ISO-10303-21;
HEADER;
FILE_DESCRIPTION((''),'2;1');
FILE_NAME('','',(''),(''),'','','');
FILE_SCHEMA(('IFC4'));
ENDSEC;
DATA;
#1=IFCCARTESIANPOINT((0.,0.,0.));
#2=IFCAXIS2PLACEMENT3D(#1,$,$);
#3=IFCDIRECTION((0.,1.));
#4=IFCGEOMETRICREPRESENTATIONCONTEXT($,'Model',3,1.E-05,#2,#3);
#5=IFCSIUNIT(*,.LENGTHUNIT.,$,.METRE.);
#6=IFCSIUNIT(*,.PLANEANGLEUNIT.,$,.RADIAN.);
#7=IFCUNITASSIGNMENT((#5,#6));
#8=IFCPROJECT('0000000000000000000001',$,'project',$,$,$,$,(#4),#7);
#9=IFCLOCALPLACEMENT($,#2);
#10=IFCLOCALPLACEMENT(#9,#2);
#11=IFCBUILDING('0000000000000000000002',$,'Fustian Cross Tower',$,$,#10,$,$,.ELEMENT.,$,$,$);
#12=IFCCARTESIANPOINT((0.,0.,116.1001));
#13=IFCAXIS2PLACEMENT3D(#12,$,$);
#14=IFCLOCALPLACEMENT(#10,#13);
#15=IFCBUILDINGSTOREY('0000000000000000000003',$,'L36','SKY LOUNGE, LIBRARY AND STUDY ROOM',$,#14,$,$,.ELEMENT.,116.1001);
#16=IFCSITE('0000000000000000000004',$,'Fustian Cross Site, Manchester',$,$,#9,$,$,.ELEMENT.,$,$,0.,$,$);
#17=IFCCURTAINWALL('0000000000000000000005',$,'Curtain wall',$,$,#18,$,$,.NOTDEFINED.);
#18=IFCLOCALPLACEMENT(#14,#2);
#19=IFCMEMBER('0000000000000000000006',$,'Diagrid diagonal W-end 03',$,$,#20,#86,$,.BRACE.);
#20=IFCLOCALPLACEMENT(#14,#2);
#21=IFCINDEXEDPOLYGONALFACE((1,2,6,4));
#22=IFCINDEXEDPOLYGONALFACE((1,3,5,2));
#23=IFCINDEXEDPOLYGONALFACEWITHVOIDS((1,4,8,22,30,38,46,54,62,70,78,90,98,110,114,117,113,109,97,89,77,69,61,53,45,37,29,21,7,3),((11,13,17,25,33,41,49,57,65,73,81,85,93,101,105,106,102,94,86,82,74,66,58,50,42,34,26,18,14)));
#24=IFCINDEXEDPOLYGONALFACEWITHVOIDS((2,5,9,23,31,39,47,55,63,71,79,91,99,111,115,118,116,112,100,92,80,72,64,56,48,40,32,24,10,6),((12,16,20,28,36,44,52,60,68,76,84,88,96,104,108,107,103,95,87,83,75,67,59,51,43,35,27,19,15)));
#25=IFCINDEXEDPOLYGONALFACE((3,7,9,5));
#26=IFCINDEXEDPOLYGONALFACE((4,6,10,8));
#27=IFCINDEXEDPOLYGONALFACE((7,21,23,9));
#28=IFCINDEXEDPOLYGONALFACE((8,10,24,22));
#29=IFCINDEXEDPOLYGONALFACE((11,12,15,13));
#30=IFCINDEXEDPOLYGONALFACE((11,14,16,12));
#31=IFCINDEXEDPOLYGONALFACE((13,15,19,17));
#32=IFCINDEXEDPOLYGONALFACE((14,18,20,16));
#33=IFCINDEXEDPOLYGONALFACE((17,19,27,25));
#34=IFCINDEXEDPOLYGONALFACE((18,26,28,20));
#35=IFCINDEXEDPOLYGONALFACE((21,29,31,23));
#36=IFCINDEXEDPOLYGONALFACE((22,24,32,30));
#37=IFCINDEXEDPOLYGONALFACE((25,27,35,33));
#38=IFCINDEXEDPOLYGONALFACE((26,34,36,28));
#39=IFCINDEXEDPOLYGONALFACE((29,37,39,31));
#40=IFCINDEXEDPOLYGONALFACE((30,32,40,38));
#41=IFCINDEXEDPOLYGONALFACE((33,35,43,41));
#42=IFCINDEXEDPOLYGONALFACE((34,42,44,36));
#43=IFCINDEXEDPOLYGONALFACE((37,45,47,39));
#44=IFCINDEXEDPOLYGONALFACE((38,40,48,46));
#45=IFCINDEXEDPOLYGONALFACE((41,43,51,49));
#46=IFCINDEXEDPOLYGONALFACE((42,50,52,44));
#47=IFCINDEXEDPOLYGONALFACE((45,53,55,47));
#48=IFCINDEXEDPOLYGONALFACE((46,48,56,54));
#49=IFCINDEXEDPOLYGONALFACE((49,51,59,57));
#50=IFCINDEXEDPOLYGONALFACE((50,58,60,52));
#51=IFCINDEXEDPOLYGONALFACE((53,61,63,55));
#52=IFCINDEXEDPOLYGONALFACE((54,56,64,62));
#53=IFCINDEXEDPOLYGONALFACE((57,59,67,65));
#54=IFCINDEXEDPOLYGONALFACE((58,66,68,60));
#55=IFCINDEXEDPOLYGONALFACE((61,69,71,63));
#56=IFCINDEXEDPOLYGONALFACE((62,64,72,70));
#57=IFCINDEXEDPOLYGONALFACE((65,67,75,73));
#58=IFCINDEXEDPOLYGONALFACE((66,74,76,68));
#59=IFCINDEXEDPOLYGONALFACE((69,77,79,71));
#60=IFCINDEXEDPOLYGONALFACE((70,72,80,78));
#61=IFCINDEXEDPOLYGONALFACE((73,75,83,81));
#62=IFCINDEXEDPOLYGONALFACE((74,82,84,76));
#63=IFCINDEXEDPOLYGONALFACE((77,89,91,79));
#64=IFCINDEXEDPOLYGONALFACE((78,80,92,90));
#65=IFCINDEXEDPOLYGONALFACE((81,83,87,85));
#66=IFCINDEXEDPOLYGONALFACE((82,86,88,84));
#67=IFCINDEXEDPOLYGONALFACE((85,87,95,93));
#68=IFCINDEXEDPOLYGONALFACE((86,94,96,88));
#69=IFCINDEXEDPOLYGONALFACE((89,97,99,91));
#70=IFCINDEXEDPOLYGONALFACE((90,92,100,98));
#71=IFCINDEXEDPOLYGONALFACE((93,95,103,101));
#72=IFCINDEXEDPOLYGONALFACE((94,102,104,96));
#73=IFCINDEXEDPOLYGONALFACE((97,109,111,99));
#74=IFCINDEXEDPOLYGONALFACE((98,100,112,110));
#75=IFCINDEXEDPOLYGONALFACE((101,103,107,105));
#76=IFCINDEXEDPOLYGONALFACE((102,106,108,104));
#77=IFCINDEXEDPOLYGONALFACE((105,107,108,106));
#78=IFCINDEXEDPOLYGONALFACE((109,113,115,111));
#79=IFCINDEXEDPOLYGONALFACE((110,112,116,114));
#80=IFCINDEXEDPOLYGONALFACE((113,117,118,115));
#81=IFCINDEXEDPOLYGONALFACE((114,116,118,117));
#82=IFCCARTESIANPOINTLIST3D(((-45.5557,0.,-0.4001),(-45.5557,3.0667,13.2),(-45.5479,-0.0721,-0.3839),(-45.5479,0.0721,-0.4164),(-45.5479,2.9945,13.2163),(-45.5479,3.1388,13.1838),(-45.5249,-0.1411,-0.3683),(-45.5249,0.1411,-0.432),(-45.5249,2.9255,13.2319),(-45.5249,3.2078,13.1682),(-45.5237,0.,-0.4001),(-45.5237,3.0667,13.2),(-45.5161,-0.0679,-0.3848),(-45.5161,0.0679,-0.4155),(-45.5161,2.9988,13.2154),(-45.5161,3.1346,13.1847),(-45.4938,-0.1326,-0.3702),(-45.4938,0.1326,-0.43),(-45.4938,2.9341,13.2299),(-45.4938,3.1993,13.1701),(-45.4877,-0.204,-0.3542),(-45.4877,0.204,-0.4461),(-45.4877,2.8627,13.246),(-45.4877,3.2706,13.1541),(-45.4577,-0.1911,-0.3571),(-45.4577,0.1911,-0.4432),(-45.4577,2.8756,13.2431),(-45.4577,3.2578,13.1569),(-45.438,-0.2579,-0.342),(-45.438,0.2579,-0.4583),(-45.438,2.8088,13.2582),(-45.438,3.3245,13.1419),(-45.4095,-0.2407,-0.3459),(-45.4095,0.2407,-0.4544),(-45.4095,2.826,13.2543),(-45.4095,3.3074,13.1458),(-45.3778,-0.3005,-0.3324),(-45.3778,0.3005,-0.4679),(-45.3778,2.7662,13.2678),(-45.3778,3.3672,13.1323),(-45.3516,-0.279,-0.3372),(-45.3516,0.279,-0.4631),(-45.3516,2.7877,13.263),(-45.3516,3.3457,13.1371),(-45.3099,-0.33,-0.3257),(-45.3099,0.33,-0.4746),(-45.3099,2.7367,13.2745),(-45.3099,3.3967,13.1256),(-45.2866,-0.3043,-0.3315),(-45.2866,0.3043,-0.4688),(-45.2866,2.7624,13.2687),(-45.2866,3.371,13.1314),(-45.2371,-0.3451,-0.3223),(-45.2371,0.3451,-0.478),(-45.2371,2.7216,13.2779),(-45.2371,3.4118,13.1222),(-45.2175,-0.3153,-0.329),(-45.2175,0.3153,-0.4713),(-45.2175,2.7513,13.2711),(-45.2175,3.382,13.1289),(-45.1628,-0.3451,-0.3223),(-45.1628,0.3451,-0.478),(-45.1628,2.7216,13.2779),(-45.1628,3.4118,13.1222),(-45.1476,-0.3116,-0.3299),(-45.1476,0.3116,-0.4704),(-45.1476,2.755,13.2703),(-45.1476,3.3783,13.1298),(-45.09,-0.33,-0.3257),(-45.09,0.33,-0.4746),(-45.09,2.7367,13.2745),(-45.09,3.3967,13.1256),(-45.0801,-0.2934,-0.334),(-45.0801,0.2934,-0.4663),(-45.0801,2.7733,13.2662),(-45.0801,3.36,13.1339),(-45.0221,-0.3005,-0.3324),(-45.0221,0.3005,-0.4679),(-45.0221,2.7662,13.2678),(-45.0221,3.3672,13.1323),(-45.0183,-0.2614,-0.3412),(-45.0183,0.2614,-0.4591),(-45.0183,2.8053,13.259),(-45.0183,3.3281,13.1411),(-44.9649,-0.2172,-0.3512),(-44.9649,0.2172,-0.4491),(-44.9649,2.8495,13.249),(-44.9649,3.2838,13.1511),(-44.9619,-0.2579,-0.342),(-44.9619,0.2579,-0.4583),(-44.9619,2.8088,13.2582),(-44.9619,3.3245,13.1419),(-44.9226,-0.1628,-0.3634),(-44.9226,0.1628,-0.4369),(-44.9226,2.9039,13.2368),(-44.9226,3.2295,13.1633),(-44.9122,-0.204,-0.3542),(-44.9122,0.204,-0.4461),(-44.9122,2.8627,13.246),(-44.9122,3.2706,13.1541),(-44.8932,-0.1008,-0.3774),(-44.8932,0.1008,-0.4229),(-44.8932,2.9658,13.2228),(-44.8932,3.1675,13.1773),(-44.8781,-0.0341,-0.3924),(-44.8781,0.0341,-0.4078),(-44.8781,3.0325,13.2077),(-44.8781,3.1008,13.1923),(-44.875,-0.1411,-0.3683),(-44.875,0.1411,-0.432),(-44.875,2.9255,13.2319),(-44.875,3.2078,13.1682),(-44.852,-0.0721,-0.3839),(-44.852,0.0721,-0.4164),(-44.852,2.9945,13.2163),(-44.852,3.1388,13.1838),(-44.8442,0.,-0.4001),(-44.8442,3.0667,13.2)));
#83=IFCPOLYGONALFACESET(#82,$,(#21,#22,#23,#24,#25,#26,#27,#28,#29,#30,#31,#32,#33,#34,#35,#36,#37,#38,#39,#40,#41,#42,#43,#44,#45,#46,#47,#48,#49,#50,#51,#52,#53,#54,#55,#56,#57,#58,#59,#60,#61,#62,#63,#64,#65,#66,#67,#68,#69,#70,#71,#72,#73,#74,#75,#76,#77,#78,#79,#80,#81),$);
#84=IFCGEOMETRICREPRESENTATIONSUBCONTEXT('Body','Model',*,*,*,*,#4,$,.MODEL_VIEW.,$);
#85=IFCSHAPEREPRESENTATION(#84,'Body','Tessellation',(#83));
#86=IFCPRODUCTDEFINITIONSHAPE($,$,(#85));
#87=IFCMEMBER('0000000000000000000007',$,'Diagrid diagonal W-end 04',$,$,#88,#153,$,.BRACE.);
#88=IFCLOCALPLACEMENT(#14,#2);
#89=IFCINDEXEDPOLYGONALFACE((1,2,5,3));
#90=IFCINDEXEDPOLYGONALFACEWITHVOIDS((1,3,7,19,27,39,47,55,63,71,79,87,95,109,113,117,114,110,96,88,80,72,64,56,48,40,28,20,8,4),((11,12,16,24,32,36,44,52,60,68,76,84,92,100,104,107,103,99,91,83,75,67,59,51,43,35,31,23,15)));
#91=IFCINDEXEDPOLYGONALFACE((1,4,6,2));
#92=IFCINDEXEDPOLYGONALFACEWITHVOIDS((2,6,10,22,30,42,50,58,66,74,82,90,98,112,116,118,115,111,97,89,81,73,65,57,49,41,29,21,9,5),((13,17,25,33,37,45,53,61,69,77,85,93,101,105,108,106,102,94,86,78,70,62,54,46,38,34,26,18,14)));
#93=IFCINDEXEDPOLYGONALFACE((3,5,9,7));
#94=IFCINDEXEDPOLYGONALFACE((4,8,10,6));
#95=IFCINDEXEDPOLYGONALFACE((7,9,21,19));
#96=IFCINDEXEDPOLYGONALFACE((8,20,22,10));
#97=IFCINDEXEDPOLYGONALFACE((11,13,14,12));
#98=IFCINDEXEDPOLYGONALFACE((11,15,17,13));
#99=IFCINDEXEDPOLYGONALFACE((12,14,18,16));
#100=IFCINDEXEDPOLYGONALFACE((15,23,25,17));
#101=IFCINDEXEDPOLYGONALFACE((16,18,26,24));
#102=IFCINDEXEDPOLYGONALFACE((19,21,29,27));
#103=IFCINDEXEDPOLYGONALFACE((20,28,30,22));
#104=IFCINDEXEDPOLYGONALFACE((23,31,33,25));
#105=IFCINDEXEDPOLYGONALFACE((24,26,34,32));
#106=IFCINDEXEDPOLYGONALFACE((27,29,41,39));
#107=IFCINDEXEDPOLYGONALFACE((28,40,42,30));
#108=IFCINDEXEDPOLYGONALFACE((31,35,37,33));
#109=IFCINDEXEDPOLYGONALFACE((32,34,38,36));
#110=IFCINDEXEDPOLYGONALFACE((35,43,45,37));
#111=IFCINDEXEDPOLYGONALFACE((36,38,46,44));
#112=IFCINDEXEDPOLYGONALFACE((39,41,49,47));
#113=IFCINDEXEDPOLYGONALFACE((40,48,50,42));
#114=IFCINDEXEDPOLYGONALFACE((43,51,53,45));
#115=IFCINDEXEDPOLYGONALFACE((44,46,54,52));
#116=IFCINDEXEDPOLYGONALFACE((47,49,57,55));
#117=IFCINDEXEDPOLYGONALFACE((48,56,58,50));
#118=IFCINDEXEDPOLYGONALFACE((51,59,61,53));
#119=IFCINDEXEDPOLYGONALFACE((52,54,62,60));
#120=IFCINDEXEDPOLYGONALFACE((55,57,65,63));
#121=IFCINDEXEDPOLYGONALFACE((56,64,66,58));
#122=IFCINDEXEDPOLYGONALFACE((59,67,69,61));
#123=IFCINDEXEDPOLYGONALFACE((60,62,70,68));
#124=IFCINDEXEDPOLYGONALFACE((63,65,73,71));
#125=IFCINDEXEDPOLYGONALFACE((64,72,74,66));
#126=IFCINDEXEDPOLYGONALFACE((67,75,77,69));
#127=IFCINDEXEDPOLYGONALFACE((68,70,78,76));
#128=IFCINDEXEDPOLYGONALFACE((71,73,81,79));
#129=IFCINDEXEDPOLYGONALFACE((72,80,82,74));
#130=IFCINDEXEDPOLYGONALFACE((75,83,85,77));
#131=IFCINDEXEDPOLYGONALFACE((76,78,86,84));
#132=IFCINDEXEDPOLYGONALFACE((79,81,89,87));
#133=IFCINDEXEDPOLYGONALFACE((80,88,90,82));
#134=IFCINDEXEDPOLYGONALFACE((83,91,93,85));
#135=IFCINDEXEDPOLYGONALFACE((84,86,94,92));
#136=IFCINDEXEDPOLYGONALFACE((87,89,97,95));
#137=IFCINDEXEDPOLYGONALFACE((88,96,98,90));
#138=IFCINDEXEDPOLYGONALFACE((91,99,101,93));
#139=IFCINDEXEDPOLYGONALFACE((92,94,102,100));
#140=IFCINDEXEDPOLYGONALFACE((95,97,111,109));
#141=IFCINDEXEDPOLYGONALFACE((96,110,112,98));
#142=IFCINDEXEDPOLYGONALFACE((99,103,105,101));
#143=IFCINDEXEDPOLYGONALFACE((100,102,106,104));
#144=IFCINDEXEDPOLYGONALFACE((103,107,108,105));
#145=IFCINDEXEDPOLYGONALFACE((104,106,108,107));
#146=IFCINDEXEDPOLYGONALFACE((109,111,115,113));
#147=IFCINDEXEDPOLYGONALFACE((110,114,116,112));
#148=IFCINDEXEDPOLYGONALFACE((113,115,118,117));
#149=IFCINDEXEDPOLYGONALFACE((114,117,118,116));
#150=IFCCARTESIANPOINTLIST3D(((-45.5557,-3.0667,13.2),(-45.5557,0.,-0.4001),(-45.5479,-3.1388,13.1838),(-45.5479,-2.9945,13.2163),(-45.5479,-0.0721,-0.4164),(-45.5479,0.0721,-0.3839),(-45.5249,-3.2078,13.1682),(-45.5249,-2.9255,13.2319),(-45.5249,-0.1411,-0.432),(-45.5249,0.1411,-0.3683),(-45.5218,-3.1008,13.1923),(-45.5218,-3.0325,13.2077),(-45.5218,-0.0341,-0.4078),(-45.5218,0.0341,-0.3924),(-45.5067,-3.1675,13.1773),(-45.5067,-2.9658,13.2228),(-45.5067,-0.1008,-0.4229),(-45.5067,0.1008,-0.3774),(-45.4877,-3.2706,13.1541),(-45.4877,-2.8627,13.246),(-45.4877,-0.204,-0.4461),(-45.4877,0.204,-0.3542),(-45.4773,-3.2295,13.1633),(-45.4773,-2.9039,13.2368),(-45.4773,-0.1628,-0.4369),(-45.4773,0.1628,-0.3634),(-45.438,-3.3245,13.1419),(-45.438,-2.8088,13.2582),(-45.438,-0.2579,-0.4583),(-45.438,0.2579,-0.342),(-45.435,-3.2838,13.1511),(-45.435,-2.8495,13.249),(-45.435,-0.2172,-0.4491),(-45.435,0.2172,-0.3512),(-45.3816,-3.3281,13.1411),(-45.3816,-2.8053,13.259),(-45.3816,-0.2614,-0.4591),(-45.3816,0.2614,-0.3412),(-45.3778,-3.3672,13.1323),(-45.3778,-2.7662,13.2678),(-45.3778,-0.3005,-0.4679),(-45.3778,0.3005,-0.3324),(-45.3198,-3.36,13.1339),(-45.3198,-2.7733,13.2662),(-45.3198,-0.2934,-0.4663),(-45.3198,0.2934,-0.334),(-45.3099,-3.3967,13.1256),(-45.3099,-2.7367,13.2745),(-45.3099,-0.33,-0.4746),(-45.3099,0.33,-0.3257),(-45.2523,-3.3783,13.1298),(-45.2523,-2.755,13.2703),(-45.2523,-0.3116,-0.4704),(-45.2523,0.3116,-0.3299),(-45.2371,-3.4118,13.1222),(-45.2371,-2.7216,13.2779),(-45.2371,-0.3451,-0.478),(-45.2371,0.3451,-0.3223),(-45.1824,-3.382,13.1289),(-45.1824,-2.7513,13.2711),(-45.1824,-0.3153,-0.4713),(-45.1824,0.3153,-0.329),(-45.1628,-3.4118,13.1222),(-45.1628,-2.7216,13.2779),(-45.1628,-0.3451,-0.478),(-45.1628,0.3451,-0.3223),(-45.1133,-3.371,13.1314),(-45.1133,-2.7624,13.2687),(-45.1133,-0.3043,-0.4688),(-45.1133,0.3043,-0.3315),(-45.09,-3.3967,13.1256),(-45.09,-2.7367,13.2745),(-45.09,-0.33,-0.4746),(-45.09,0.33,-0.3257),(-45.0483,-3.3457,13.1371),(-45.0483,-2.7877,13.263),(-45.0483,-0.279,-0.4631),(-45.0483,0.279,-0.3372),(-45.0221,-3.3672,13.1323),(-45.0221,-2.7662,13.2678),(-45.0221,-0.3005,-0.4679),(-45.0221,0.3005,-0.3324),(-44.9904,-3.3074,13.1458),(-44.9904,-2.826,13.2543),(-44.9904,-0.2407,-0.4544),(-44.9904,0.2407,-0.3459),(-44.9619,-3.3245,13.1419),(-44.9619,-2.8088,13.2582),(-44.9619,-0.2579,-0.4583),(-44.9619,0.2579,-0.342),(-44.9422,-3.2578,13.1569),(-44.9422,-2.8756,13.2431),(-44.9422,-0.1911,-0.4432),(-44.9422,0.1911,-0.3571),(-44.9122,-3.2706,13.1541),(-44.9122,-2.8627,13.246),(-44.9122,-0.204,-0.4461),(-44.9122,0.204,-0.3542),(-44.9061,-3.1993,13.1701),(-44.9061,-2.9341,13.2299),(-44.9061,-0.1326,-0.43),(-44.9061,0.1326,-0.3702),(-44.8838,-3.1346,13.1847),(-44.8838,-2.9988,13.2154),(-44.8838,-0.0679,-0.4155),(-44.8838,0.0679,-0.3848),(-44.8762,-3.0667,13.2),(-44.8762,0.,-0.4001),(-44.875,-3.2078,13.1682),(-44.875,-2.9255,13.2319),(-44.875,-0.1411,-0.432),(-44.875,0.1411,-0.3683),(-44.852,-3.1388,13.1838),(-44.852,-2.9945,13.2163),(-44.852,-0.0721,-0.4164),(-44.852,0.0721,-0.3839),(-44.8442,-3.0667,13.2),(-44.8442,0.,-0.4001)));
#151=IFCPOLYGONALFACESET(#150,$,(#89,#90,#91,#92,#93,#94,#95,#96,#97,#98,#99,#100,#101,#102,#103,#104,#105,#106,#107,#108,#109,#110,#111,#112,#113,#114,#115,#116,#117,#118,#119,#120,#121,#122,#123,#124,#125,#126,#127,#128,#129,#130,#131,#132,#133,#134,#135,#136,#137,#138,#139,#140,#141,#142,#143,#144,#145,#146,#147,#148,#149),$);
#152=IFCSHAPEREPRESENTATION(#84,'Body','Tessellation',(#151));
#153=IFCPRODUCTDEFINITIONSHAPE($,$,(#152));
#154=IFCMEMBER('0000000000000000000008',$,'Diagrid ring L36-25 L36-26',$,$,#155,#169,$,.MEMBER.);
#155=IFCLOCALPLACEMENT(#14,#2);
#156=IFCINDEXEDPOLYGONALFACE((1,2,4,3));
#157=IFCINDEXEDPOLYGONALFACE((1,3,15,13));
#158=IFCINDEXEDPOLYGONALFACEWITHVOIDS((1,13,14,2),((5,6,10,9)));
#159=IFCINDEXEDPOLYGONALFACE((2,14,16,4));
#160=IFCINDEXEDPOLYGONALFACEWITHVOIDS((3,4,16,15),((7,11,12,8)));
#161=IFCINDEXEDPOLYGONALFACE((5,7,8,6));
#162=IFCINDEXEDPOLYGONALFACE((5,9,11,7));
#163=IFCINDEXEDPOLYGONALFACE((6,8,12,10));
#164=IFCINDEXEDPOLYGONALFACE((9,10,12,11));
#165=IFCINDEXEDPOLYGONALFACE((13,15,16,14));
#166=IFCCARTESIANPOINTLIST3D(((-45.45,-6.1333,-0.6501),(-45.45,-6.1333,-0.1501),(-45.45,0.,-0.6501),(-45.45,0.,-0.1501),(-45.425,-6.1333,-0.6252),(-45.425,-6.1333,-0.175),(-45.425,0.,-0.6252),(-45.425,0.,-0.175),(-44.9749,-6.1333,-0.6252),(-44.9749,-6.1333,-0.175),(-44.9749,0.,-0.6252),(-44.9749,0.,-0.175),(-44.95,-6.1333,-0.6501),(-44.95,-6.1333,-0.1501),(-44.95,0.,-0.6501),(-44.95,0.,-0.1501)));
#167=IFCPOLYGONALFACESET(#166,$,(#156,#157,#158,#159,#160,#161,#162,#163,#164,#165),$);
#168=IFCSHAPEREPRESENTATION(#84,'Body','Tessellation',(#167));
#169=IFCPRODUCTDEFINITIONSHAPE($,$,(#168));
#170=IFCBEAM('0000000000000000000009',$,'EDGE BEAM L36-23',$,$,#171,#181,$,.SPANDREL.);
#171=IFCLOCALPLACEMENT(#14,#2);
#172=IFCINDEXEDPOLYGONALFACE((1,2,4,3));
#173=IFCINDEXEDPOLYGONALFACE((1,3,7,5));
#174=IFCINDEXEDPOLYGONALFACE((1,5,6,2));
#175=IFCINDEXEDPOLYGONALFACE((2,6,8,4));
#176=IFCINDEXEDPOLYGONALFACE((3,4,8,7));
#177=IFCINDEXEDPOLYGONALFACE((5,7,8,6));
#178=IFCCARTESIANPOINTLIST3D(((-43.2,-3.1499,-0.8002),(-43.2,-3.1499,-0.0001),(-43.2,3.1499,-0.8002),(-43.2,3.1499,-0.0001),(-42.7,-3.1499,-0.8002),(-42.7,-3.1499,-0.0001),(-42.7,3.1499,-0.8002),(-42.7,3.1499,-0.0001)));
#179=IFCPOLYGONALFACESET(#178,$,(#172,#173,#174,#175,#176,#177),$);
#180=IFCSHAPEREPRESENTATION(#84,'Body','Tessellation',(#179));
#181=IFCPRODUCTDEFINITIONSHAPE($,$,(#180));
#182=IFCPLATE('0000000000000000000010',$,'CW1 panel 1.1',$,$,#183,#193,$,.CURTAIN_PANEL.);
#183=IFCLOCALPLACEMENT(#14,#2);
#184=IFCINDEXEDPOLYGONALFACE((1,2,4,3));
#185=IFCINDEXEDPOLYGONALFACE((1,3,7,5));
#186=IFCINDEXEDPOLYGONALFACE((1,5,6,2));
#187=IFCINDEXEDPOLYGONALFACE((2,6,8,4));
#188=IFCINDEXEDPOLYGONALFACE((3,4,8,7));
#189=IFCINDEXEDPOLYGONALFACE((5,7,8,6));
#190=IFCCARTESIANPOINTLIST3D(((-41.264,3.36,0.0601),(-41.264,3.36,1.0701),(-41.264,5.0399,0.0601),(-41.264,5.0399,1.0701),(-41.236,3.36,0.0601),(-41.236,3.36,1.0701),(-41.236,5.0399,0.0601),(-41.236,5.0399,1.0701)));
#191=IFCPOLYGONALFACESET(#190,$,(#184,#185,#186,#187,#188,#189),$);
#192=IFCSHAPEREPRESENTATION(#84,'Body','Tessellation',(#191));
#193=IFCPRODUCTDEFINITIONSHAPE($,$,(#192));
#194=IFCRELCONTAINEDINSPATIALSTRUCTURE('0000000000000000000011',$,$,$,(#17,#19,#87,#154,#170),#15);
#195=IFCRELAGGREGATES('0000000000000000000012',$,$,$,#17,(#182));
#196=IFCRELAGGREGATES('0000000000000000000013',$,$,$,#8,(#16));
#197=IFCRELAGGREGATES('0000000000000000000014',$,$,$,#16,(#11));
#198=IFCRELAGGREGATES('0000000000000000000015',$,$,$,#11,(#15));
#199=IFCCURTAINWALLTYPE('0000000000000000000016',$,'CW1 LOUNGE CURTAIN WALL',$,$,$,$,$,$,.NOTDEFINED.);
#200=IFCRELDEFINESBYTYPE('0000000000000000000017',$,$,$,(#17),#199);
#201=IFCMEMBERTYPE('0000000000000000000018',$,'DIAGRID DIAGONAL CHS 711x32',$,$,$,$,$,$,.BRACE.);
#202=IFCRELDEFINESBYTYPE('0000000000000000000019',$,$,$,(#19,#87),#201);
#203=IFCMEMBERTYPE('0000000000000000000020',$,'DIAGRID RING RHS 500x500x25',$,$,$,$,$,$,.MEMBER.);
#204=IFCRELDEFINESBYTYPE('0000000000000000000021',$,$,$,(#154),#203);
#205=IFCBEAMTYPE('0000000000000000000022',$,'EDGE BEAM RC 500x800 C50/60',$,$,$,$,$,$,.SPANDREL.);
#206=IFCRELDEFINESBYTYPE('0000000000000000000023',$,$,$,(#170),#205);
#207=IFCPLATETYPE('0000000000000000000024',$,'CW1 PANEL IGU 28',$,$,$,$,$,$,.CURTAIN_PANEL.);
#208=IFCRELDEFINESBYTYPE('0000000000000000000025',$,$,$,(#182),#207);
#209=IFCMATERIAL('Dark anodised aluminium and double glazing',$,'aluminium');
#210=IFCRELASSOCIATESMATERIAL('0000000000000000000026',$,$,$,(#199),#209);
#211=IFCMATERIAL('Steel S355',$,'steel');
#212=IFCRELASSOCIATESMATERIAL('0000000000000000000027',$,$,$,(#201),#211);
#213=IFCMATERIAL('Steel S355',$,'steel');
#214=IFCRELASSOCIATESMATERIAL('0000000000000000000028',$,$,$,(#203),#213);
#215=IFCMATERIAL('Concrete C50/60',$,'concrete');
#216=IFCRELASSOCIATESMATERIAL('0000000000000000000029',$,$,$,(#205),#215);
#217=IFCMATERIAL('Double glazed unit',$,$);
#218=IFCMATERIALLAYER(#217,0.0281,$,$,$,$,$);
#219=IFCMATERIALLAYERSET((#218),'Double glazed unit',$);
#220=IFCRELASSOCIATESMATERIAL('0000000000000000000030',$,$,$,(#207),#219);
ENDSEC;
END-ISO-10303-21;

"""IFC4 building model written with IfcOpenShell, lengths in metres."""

from ifc_helpers import new_model, si_unit, direction, frame, origin, origin_2d, place, context, subcontext, project, spatial, rectangle, hollow_rectangle, hollow_circle, extrude, material, layer, layer_set, material_profile, profile_set, type_object, element, aggregate, save


model = new_model("IFC4")

# Units and contexts
model_context = context("Model", 3, precision=1e-05, world=origin(), true_north=direction((0.0, 1.0)))
body_context = subcontext(model_context, "Body", "Model", "MODEL_VIEW")
ifc_project = project(units=[si_unit("LENGTHUNIT", "METRE"), si_unit("PLANEANGLEUNIT", "RADIAN")], contexts=[model_context])

# Site, building, storey
site_placement = place(None, origin())
site = spatial("IfcSite", under=ifc_project, at=site_placement, Name="Fustian Cross Site, Manchester", CompositionType="ELEMENT", RefElevation=0.0)
building_placement = place(site_placement, origin())
building = spatial("IfcBuilding", under=site, at=building_placement, Name="Fustian Cross Tower", CompositionType="ELEMENT")
storey_placement = place(building_placement, frame((0.0, 0.0, 116.1001)))
storey = spatial("IfcBuildingStorey", under=building, at=storey_placement, Name="L36", Description="SKY LOUNGE, LIBRARY AND STUDY ROOM", CompositionType="ELEMENT", Elevation=116.1001)

# Curtain wall
ifc_material_1 = material(Name="Dark anodised aluminium and double glazing", Category="aluminium")
curtain_wall_type = type_object("IfcCurtainWallType", Name="CW1 LOUNGE CURTAIN WALL", PredefinedType="NOTDEFINED", material=ifc_material_1)
curtain_wall_1_placement = place(storey_placement, origin())
curtain_wall_1 = element("IfcCurtainWall", 1, at=curtain_wall_1_placement, inside=storey, type_object=curtain_wall_type, Name="Curtain wall", PredefinedType="NOTDEFINED")

# Members
ifc_material_2 = material(Name="Steel S355", Category="steel")
ifc_material_profile_1 = material_profile(ifc_material_2, hollow_circle(Radius=0.3557, WallThickness=0.032, at=origin_2d()), Name="CHS 711x32")
ifc_profile_set_1 = profile_set([ifc_material_profile_1], Name="Steel S355")
member_type_1 = type_object("IfcMemberType", Name="DIAGRID DIAGONAL CHS 711x32", PredefinedType="BRACE", material=ifc_profile_set_1)
for number, where, z_axis, x_axis, name in (
    (2, (-45.2, 0.0, -0.4001), (0.0, 0.219965, 0.975508), (-1.0, 0.0, 0.0), "Diagrid diagonal W-end 03"),
    (3, (-45.2, 0.0, -0.4001), (0.0, -0.219965, 0.975508), (1.0, 0.0, 0.0), "Diagrid diagonal W-end 04"),
):
    element("IfcMember", number, at=place(storey_placement, frame(where, z_axis=z_axis, x_axis=x_axis)), inside=storey, type_object=member_type_1, Name=name, PredefinedType="BRACE", context=body_context, shape_type="SweptSolid", body=[
        extrude(hollow_circle(Radius=0.3557, WallThickness=0.032, at=origin_2d()), origin(), (0.0, 0.0, 1.0), 13.9417),
    ])
ifc_material_3 = material(Name="Steel S355", Category="steel")
ifc_material_profile_2 = material_profile(ifc_material_3, hollow_rectangle(XDim=0.5, YDim=0.5, WallThickness=0.0249, at=origin_2d()), Name="RHS 500x500x25")
ifc_profile_set_2 = profile_set([ifc_material_profile_2], Name="Steel S355")
member_type_2 = type_object("IfcMemberType", Name="DIAGRID RING RHS 500x500x25", PredefinedType="MEMBER", material=ifc_profile_set_2)
member_1_placement = place(storey_placement, frame((-45.2, 0.0, -0.4001), z_axis=(0.0, -1.0, 0.0), x_axis=(1.0, 0.0, 0.0)))
element("IfcMember", 4, at=member_1_placement, inside=storey, type_object=member_type_2, Name="Diagrid ring L36-25 L36-26", PredefinedType="MEMBER", context=body_context, shape_type="SweptSolid", body=[
    extrude(hollow_rectangle(XDim=0.5, YDim=0.5, WallThickness=0.0249, at=origin_2d()), origin(), (0.0, 0.0, 1.0), 6.1333),
])

# Beam
ifc_material_4 = material(Name="Concrete C50/60", Category="concrete")
ifc_material_profile_3 = material_profile(ifc_material_4, rectangle(XDim=0.5, YDim=0.8, at=origin_2d()), Name="RC 500x800")
ifc_profile_set_3 = profile_set([ifc_material_profile_3], Name="Concrete C50/60")
beam_type = type_object("IfcBeamType", Name="EDGE BEAM RC 500x800 C50/60", PredefinedType="SPANDREL", material=ifc_profile_set_3)
beam_placement = place(storey_placement, frame((-42.95, 3.1499, -0.4001), z_axis=(0.0, -1.0, 0.0), x_axis=(1.0, 0.0, 0.0)))
element("IfcBeam", 5, at=beam_placement, inside=storey, type_object=beam_type, Name="EDGE BEAM L36-23", PredefinedType="SPANDREL", context=body_context, shape_type="SweptSolid", body=[
    extrude(rectangle(XDim=0.5, YDim=0.8, at=origin_2d()), origin(), (0.0, 0.0, 1.0), 6.2998),
])

# Plate
ifc_material_5 = material(Name="Double glazed unit")
ifc_layer_1 = layer(ifc_material_5, 0.0281)
ifc_layer_set_1 = layer_set([ifc_layer_1], Name="Double glazed unit")
plate_type = type_object("IfcPlateType", Name="CW1 PANEL IGU 28", PredefinedType="CURTAIN_PANEL", material=ifc_layer_set_1)
plate_1_placement = place(storey_placement, frame((-41.25, 4.2, 0.0601), z_axis=(0.0, 0.0, 1.0), x_axis=(0.0, -1.0, 0.0)))
plate_1 = element("IfcPlate", 6, at=plate_1_placement, type_object=plate_type, Name="CW1 panel 1.1", PredefinedType="CURTAIN_PANEL", context=body_context, shape_type="SweptSolid", body=[
    extrude(rectangle(XDim=1.6799, YDim=0.0281, at=origin_2d()), origin(), (0.0, 0.0, 1.0), 1.01),
])
aggregate(curtain_wall_1, [plate_1])

save(model, "model.ifc")
